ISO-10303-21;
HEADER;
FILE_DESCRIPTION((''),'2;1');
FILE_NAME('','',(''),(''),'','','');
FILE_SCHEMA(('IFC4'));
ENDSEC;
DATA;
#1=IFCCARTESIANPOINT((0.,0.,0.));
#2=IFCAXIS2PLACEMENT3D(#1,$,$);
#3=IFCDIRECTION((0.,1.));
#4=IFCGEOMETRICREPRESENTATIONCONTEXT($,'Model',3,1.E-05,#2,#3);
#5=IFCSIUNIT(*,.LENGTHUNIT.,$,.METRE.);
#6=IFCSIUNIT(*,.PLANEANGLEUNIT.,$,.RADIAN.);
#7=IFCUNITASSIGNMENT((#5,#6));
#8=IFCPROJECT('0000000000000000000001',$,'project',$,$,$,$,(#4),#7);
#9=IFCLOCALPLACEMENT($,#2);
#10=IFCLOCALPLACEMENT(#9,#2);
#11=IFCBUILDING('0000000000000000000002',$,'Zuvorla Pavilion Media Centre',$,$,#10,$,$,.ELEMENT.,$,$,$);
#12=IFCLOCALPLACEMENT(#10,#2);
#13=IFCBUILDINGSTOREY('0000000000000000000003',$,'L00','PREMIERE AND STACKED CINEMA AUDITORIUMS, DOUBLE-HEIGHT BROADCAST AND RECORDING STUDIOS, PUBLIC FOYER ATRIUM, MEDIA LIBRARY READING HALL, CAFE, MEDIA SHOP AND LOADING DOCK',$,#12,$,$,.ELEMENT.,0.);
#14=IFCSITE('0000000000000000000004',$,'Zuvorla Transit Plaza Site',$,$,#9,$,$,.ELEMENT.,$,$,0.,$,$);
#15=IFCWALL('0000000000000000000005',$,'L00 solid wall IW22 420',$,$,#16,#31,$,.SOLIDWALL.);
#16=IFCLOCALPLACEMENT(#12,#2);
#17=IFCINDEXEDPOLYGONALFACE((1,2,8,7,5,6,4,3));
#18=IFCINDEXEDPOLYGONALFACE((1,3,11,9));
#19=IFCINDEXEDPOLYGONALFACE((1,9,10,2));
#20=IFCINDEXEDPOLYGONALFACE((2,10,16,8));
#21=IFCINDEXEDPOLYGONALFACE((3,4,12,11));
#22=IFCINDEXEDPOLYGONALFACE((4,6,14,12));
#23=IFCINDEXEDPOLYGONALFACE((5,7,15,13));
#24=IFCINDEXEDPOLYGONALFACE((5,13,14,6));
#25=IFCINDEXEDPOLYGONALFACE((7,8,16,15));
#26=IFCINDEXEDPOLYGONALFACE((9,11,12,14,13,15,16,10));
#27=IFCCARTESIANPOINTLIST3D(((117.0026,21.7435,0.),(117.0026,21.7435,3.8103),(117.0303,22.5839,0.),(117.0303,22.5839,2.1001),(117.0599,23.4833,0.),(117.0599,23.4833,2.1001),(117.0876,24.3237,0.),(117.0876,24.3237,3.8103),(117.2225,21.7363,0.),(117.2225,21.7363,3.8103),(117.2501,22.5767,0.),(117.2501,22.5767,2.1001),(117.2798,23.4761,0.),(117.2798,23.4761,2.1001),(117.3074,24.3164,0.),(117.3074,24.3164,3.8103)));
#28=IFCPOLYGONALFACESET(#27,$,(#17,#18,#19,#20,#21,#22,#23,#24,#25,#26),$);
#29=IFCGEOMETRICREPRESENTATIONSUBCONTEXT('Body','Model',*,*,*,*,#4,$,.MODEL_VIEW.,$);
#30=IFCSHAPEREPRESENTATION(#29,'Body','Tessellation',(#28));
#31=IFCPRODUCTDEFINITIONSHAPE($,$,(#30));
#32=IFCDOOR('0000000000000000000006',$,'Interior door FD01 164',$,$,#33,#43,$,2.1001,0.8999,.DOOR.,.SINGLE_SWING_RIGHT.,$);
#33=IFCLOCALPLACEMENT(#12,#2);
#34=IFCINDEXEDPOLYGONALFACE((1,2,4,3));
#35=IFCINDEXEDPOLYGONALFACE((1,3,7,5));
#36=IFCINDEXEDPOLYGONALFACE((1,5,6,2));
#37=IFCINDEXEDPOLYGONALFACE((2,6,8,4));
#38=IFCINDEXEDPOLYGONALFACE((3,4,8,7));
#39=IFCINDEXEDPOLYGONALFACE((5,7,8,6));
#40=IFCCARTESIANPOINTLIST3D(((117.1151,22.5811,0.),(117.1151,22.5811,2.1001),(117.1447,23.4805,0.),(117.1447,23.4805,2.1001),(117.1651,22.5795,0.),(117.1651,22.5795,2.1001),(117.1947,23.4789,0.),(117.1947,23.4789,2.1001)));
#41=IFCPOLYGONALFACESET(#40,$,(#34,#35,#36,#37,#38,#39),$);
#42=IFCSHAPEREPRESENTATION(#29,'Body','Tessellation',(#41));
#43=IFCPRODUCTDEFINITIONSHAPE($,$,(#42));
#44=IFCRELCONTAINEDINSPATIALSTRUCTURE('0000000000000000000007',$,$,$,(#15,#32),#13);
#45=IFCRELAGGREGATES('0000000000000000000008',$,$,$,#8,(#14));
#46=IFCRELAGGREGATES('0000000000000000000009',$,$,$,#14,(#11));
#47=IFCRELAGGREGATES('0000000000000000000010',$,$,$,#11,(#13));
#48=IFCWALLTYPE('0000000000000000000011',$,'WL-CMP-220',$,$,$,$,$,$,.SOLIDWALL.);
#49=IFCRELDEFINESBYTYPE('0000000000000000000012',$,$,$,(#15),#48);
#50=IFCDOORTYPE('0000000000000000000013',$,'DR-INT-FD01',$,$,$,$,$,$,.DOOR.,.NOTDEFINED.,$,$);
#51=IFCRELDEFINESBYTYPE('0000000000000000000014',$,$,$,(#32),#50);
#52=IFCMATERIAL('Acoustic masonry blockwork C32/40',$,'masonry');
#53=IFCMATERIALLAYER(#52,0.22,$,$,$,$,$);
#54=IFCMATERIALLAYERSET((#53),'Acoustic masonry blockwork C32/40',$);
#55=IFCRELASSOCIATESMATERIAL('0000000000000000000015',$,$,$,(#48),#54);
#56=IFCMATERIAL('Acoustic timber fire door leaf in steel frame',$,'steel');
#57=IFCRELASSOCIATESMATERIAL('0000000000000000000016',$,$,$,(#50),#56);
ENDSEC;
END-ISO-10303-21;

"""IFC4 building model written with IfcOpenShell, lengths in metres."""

from ifc_helpers import new_model, si_unit, direction, frame, frame_2d, origin, place, context, subcontext, project, spatial, rectangle, extrude, material, layer, layer_set, type_object, element, fill, save


model = new_model("IFC4")

# Units and contexts
model_context = context("Model", 3, precision=1e-05, world=origin(), true_north=direction((0.0, 1.0)))
body_context = subcontext(model_context, "Body", "Model", "MODEL_VIEW")
ifc_project = project(units=[si_unit("LENGTHUNIT", "METRE"), si_unit("PLANEANGLEUNIT", "RADIAN")], contexts=[model_context])

# Site, building, storey
site_placement = place(None, origin())
site = spatial("IfcSite", under=ifc_project, at=site_placement, Name="Zuvorla Transit Plaza Site", CompositionType="ELEMENT", RefElevation=0.0)
building_placement = place(site_placement, origin())
building = spatial("IfcBuilding", under=site, at=building_placement, Name="Zuvorla Pavilion Media Centre", CompositionType="ELEMENT")
storey_placement = place(building_placement, origin())
storey = spatial("IfcBuildingStorey", under=building, at=storey_placement, Name="L00", Description="PREMIERE AND STACKED CINEMA AUDITORIUMS, DOUBLE-HEIGHT BROADCAST AND RECORDING STUDIOS, PUBLIC FOYER ATRIUM, MEDIA LIBRARY READING HALL, CAFE, MEDIA SHOP AND LOADING DOCK", CompositionType="ELEMENT", Elevation=0.0)

# Wall, opening, door
ifc_material_1 = material(Name="Acoustic masonry blockwork C32/40", Category="masonry")
ifc_layer = layer(ifc_material_1, 0.22)
ifc_layer_set = layer_set([ifc_layer], Name="Acoustic masonry blockwork C32/40")
wall_type = type_object("IfcWallType", Name="WL-CMP-220", PredefinedType="SOLIDWALL", material=ifc_layer_set)
ifc_material_2 = material(Name="Acoustic timber fire door leaf in steel frame", Category="steel")
wall_1_placement = place(storey_placement, frame((117.1975, 24.3201, 0.0), z_axis=(0.0, 0.0, 1.0), x_axis=(-0.032912, -0.999458, 0.0)))
wall_1 = element("IfcWall", 1, at=wall_1_placement, inside=storey, type_object=wall_type, Name="L00 solid wall IW22 420", PredefinedType="SOLIDWALL", context=body_context, shape_type="SweptSolid", body=[
    extrude(rectangle(XDim=2.5815, YDim=0.22, at=frame_2d((1.2908, 0.0))), origin(), (0.0, 0.0, 1.0), 3.8103),
])
opening_1_placement = place(wall_1_placement, frame((0.8408, 0.0, 0.0)))
opening_1 = element("IfcOpeningElement", 2, at=opening_1_placement, cuts=wall_1, PredefinedType="OPENING", context=body_context, shape_type="SweptSolid", body=[
    extrude(rectangle(XDim=0.8999, YDim=2.1001, at=frame_2d((0.45, 1.05))), frame((0.0, 0.1199, 0.0), z_axis=(0.0, -1.0, 0.0), x_axis=(1.0, 0.0, 0.0)), (0.0, 0.0, 1.0), 0.24),
])
door_type_1 = type_object("IfcDoorType", Name="DR-INT-FD01", OperationType="NOTDEFINED", PredefinedType="DOOR", material=ifc_material_2)
door_1_placement = place(opening_1_placement, origin())
door_1 = element("IfcDoor", 3, at=door_1_placement, inside=storey, type_object=door_type_1, Name="Interior door FD01 164", OperationType="SINGLE_SWING_RIGHT", OverallHeight=2.1001, OverallWidth=0.8999, PredefinedType="DOOR", context=body_context, shape_type="SweptSolid", body=[
    extrude(rectangle(XDim=0.8999, YDim=2.1001, at=frame_2d((0.45, 1.05))), frame((0.0, 0.0249, 0.0), z_axis=(0.0, -1.0, 0.0), x_axis=(1.0, 0.0, 0.0)), (0.0, 0.0, 1.0), 0.05),
])
fill(opening_1, door_1)

save(model, "model.ifc")
